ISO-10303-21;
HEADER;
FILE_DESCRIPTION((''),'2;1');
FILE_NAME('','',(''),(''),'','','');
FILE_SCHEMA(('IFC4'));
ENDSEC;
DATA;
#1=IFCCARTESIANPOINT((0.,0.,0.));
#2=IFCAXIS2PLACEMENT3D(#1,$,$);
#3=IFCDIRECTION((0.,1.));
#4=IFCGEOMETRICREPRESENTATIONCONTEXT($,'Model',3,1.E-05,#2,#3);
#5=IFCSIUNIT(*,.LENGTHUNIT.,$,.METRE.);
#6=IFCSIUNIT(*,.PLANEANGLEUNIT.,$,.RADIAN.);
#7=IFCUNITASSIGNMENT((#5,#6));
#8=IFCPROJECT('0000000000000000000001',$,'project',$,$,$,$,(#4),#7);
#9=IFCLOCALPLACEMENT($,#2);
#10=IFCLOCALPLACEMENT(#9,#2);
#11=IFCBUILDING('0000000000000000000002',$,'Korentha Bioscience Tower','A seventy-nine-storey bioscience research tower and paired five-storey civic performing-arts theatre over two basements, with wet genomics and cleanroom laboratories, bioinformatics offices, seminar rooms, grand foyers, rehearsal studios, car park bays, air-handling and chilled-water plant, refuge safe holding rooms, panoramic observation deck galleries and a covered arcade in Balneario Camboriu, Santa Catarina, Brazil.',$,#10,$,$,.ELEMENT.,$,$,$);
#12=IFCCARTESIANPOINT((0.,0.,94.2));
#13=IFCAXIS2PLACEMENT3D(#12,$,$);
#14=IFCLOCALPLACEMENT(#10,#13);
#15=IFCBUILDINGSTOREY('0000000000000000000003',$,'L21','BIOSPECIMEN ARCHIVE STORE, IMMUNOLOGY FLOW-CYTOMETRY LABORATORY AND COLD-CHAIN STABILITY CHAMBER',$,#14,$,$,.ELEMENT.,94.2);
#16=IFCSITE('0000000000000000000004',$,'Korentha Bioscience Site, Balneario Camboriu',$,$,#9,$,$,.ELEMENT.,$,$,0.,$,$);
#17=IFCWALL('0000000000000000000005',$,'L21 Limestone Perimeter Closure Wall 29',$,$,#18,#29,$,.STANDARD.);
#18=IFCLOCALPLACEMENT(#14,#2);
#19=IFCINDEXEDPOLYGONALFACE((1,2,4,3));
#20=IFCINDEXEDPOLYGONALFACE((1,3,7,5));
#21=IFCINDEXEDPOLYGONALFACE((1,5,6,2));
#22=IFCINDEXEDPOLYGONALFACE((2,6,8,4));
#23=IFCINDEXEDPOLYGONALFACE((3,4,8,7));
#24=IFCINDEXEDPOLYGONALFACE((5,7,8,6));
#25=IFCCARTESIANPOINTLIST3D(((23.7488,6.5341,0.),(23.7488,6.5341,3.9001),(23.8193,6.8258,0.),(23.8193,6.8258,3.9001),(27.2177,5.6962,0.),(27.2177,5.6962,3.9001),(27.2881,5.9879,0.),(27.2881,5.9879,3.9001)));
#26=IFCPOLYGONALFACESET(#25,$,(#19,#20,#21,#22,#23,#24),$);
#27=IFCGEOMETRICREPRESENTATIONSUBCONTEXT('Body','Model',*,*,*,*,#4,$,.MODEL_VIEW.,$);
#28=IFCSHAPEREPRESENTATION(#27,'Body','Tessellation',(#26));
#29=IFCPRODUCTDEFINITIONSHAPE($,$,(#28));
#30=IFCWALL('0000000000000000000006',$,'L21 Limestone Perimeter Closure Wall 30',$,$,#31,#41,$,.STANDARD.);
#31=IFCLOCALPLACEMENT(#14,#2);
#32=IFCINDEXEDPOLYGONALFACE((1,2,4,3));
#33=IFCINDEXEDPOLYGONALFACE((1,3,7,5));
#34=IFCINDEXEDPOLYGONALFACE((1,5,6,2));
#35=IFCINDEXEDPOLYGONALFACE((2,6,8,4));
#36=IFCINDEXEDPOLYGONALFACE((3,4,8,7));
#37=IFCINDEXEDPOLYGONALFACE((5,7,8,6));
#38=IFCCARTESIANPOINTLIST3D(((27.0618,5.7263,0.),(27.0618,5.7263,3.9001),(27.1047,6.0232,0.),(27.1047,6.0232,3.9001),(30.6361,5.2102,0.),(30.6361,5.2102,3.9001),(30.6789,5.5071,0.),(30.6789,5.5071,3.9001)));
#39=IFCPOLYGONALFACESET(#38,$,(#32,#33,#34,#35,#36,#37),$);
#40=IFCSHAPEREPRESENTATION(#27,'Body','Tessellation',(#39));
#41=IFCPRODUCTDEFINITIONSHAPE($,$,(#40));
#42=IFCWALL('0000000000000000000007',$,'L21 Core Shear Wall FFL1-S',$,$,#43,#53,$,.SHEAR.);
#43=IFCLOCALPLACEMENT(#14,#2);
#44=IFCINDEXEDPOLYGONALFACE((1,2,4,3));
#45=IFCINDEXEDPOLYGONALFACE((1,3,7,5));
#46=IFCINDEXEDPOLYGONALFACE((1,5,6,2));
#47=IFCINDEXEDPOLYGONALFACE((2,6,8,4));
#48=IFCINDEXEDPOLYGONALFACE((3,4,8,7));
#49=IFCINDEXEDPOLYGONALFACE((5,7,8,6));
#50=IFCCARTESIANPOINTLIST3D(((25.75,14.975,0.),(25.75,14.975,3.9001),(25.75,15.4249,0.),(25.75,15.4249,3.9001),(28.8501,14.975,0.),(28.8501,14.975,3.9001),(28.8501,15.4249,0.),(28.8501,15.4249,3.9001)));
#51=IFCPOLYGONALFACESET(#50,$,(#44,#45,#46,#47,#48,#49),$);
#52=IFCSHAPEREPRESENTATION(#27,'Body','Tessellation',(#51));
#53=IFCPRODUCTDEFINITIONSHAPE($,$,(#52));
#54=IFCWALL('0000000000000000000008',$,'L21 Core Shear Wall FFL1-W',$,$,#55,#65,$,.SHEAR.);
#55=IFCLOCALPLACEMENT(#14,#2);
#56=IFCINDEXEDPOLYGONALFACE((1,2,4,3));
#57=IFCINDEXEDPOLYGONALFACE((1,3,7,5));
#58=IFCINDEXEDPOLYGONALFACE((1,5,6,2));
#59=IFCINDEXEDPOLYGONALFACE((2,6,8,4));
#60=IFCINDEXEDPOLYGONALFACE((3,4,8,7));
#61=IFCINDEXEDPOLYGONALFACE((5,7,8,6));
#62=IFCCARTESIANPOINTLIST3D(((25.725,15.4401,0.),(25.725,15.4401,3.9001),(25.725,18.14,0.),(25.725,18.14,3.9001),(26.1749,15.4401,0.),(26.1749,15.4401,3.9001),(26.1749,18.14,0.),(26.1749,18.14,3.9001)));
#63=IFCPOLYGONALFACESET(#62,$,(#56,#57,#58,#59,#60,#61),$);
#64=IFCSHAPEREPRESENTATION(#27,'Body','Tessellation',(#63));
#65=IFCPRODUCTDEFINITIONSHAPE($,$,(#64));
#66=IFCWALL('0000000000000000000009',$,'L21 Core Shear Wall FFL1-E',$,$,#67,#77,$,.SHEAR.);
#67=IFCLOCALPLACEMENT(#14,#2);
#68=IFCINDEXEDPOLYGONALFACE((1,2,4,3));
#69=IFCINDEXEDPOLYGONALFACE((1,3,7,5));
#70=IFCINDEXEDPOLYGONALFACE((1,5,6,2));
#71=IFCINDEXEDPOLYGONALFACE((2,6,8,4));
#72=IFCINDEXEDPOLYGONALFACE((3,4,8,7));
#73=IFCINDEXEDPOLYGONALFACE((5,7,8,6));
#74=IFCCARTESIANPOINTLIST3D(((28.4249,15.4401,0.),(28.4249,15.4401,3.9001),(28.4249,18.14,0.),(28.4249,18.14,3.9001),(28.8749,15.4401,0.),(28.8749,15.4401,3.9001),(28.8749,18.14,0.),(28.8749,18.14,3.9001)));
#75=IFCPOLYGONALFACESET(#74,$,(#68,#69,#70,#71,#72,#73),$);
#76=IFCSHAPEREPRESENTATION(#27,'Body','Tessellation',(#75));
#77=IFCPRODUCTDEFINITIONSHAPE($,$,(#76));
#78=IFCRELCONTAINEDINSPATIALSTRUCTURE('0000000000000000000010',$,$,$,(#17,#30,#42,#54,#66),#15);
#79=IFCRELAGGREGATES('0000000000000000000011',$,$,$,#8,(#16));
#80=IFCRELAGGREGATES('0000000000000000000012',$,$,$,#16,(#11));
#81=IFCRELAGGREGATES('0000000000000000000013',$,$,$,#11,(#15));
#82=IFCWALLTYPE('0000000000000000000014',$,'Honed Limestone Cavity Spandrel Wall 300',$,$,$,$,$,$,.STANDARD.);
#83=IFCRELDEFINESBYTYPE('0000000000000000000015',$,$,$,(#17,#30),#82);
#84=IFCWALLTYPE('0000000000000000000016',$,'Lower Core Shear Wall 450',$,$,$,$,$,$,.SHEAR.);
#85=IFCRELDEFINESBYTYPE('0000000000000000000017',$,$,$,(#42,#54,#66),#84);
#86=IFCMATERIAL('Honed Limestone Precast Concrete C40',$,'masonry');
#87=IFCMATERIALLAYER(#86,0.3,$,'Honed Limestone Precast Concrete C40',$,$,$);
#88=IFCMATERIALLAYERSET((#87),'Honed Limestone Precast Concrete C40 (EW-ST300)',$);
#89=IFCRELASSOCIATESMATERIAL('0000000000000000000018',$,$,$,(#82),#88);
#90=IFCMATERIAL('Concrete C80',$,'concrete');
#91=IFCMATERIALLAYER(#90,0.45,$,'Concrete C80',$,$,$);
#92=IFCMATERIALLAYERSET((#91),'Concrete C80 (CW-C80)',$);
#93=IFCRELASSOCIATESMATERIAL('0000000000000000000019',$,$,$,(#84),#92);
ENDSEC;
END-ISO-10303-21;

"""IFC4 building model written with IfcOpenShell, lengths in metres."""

from ifc_helpers import new_model, si_unit, direction, frame, frame_2d, origin, place, context, subcontext, project, spatial, rectangle, extrude, material, layer, layer_set, type_object, element, save


model = new_model("IFC4")

# Units and contexts
model_context = context("Model", 3, precision=1e-05, world=origin(), true_north=direction((0.0, 1.0)))
body_context = subcontext(model_context, "Body", "Model", "MODEL_VIEW")
ifc_project = project(units=[si_unit("LENGTHUNIT", "METRE"), si_unit("PLANEANGLEUNIT", "RADIAN")], contexts=[model_context])

# Site, building, storey
site_placement = place(None, origin())
site = spatial("IfcSite", under=ifc_project, at=site_placement, Name="Korentha Bioscience Site, Balneario Camboriu", CompositionType="ELEMENT", RefElevation=0.0)
building_placement = place(site_placement, origin())
building = spatial("IfcBuilding", under=site, at=building_placement, Name="Korentha Bioscience Tower", Description="A seventy-nine-storey bioscience research tower and paired five-storey civic performing-arts theatre over two basements, with wet genomics and cleanroom laboratories, bioinformatics offices, seminar rooms, grand foyers, rehearsal studios, car park bays, air-handling and chilled-water plant, refuge safe holding rooms, panoramic observation deck galleries and a covered arcade in Balneario Camboriu, Santa Catarina, Brazil.", CompositionType="ELEMENT")
storey_placement = place(building_placement, frame((0.0, 0.0, 94.2)))
storey = spatial("IfcBuildingStorey", under=building, at=storey_placement, Name="L21", Description="BIOSPECIMEN ARCHIVE STORE, IMMUNOLOGY FLOW-CYTOMETRY LABORATORY AND COLD-CHAIN STABILITY CHAMBER", CompositionType="ELEMENT", Elevation=94.2)

# Shared definitions
ifc_material_1 = material(Name="Concrete C80", Category="concrete")

# Shared definitions
ifc_material_2 = material(Name="Honed Limestone Precast Concrete C40", Category="masonry")
ifc_layer_1 = layer(ifc_material_2, 0.3, Name="Honed Limestone Precast Concrete C40")
ifc_layer_set_1 = layer_set([ifc_layer_1], Name="Honed Limestone Precast Concrete C40 (EW-ST300)")
wall_type_1 = type_object("IfcWallType", Name="Honed Limestone Cavity Spandrel Wall 300", PredefinedType="STANDARD", material=ifc_layer_set_1)

# Walls
wall_1_placement = place(storey_placement, frame((23.7842, 6.6799, 0.0), z_axis=(0.0, 0.0, 1.0), x_axis=(0.972043, -0.234801, 0.0)))
element("IfcWall", 1, at=wall_1_placement, inside=storey, type_object=wall_type_1, Name="L21 Limestone Perimeter Closure Wall 29", PredefinedType="STANDARD", context=body_context, shape_type="SweptSolid", body=[
    extrude(rectangle(XDim=3.5686, YDim=0.3, at=frame_2d((1.7842, 0.0))), origin(), (0.0, 0.0, 1.0), 3.9001),
])
wall_2_placement = place(storey_placement, frame((27.0833, 5.8748, 0.0), z_axis=(0.0, 0.0, 1.0), x_axis=(0.989735, -0.142917, 0.0)))
element("IfcWall", 2, at=wall_2_placement, inside=storey, type_object=wall_type_1, Name="L21 Limestone Perimeter Closure Wall 30", PredefinedType="STANDARD", context=body_context, shape_type="SweptSolid", body=[
    extrude(rectangle(XDim=3.6113, YDim=0.3, at=frame_2d((1.8057, 0.0))), origin(), (0.0, 0.0, 1.0), 3.9001),
])
ifc_layer_2 = layer(ifc_material_1, 0.45, Name="Concrete C80")
ifc_layer_set_2 = layer_set([ifc_layer_2], Name="Concrete C80 (CW-C80)")
wall_type_2 = type_object("IfcWallType", Name="Lower Core Shear Wall 450", PredefinedType="SHEAR", material=ifc_layer_set_2)
wall_3_placement = place(storey_placement, frame((25.75, 15.2, 0.0), z_axis=(0.0, 0.0, 1.0), x_axis=(1.0, 0.0, 0.0)))
element("IfcWall", 3, at=wall_3_placement, inside=storey, type_object=wall_type_2, Name="L21 Core Shear Wall FFL1-S", PredefinedType="SHEAR", context=body_context, shape_type="SweptSolid", body=[
    extrude(rectangle(XDim=3.1001, YDim=0.45, at=frame_2d((1.55, 0.0))), origin(), (0.0, 0.0, 1.0), 3.9001),
])
for number, where, z_axis, x_axis, name in (
    (4, (25.95, 15.4399, 0.0), (0.0, 0.0, 1.0), (0.0, 1.0, 0.0), "L21 Core Shear Wall FFL1-W"),
    (5, (28.6499, 15.4399, 0.0), (0.0, 0.0, 1.0), (0.0, 1.0, 0.0), "L21 Core Shear Wall FFL1-E"),
):
    element("IfcWall", number, at=place(storey_placement, frame(where, z_axis=z_axis, x_axis=x_axis)), inside=storey, type_object=wall_type_2, Name=name, PredefinedType="SHEAR", context=body_context, shape_type="SweptSolid", body=[
        extrude(rectangle(XDim=2.7, YDim=0.45, at=frame_2d((1.3501, 0.0))), origin(), (0.0, 0.0, 1.0), 3.9001),
    ])

save(model, "model.ifc")
